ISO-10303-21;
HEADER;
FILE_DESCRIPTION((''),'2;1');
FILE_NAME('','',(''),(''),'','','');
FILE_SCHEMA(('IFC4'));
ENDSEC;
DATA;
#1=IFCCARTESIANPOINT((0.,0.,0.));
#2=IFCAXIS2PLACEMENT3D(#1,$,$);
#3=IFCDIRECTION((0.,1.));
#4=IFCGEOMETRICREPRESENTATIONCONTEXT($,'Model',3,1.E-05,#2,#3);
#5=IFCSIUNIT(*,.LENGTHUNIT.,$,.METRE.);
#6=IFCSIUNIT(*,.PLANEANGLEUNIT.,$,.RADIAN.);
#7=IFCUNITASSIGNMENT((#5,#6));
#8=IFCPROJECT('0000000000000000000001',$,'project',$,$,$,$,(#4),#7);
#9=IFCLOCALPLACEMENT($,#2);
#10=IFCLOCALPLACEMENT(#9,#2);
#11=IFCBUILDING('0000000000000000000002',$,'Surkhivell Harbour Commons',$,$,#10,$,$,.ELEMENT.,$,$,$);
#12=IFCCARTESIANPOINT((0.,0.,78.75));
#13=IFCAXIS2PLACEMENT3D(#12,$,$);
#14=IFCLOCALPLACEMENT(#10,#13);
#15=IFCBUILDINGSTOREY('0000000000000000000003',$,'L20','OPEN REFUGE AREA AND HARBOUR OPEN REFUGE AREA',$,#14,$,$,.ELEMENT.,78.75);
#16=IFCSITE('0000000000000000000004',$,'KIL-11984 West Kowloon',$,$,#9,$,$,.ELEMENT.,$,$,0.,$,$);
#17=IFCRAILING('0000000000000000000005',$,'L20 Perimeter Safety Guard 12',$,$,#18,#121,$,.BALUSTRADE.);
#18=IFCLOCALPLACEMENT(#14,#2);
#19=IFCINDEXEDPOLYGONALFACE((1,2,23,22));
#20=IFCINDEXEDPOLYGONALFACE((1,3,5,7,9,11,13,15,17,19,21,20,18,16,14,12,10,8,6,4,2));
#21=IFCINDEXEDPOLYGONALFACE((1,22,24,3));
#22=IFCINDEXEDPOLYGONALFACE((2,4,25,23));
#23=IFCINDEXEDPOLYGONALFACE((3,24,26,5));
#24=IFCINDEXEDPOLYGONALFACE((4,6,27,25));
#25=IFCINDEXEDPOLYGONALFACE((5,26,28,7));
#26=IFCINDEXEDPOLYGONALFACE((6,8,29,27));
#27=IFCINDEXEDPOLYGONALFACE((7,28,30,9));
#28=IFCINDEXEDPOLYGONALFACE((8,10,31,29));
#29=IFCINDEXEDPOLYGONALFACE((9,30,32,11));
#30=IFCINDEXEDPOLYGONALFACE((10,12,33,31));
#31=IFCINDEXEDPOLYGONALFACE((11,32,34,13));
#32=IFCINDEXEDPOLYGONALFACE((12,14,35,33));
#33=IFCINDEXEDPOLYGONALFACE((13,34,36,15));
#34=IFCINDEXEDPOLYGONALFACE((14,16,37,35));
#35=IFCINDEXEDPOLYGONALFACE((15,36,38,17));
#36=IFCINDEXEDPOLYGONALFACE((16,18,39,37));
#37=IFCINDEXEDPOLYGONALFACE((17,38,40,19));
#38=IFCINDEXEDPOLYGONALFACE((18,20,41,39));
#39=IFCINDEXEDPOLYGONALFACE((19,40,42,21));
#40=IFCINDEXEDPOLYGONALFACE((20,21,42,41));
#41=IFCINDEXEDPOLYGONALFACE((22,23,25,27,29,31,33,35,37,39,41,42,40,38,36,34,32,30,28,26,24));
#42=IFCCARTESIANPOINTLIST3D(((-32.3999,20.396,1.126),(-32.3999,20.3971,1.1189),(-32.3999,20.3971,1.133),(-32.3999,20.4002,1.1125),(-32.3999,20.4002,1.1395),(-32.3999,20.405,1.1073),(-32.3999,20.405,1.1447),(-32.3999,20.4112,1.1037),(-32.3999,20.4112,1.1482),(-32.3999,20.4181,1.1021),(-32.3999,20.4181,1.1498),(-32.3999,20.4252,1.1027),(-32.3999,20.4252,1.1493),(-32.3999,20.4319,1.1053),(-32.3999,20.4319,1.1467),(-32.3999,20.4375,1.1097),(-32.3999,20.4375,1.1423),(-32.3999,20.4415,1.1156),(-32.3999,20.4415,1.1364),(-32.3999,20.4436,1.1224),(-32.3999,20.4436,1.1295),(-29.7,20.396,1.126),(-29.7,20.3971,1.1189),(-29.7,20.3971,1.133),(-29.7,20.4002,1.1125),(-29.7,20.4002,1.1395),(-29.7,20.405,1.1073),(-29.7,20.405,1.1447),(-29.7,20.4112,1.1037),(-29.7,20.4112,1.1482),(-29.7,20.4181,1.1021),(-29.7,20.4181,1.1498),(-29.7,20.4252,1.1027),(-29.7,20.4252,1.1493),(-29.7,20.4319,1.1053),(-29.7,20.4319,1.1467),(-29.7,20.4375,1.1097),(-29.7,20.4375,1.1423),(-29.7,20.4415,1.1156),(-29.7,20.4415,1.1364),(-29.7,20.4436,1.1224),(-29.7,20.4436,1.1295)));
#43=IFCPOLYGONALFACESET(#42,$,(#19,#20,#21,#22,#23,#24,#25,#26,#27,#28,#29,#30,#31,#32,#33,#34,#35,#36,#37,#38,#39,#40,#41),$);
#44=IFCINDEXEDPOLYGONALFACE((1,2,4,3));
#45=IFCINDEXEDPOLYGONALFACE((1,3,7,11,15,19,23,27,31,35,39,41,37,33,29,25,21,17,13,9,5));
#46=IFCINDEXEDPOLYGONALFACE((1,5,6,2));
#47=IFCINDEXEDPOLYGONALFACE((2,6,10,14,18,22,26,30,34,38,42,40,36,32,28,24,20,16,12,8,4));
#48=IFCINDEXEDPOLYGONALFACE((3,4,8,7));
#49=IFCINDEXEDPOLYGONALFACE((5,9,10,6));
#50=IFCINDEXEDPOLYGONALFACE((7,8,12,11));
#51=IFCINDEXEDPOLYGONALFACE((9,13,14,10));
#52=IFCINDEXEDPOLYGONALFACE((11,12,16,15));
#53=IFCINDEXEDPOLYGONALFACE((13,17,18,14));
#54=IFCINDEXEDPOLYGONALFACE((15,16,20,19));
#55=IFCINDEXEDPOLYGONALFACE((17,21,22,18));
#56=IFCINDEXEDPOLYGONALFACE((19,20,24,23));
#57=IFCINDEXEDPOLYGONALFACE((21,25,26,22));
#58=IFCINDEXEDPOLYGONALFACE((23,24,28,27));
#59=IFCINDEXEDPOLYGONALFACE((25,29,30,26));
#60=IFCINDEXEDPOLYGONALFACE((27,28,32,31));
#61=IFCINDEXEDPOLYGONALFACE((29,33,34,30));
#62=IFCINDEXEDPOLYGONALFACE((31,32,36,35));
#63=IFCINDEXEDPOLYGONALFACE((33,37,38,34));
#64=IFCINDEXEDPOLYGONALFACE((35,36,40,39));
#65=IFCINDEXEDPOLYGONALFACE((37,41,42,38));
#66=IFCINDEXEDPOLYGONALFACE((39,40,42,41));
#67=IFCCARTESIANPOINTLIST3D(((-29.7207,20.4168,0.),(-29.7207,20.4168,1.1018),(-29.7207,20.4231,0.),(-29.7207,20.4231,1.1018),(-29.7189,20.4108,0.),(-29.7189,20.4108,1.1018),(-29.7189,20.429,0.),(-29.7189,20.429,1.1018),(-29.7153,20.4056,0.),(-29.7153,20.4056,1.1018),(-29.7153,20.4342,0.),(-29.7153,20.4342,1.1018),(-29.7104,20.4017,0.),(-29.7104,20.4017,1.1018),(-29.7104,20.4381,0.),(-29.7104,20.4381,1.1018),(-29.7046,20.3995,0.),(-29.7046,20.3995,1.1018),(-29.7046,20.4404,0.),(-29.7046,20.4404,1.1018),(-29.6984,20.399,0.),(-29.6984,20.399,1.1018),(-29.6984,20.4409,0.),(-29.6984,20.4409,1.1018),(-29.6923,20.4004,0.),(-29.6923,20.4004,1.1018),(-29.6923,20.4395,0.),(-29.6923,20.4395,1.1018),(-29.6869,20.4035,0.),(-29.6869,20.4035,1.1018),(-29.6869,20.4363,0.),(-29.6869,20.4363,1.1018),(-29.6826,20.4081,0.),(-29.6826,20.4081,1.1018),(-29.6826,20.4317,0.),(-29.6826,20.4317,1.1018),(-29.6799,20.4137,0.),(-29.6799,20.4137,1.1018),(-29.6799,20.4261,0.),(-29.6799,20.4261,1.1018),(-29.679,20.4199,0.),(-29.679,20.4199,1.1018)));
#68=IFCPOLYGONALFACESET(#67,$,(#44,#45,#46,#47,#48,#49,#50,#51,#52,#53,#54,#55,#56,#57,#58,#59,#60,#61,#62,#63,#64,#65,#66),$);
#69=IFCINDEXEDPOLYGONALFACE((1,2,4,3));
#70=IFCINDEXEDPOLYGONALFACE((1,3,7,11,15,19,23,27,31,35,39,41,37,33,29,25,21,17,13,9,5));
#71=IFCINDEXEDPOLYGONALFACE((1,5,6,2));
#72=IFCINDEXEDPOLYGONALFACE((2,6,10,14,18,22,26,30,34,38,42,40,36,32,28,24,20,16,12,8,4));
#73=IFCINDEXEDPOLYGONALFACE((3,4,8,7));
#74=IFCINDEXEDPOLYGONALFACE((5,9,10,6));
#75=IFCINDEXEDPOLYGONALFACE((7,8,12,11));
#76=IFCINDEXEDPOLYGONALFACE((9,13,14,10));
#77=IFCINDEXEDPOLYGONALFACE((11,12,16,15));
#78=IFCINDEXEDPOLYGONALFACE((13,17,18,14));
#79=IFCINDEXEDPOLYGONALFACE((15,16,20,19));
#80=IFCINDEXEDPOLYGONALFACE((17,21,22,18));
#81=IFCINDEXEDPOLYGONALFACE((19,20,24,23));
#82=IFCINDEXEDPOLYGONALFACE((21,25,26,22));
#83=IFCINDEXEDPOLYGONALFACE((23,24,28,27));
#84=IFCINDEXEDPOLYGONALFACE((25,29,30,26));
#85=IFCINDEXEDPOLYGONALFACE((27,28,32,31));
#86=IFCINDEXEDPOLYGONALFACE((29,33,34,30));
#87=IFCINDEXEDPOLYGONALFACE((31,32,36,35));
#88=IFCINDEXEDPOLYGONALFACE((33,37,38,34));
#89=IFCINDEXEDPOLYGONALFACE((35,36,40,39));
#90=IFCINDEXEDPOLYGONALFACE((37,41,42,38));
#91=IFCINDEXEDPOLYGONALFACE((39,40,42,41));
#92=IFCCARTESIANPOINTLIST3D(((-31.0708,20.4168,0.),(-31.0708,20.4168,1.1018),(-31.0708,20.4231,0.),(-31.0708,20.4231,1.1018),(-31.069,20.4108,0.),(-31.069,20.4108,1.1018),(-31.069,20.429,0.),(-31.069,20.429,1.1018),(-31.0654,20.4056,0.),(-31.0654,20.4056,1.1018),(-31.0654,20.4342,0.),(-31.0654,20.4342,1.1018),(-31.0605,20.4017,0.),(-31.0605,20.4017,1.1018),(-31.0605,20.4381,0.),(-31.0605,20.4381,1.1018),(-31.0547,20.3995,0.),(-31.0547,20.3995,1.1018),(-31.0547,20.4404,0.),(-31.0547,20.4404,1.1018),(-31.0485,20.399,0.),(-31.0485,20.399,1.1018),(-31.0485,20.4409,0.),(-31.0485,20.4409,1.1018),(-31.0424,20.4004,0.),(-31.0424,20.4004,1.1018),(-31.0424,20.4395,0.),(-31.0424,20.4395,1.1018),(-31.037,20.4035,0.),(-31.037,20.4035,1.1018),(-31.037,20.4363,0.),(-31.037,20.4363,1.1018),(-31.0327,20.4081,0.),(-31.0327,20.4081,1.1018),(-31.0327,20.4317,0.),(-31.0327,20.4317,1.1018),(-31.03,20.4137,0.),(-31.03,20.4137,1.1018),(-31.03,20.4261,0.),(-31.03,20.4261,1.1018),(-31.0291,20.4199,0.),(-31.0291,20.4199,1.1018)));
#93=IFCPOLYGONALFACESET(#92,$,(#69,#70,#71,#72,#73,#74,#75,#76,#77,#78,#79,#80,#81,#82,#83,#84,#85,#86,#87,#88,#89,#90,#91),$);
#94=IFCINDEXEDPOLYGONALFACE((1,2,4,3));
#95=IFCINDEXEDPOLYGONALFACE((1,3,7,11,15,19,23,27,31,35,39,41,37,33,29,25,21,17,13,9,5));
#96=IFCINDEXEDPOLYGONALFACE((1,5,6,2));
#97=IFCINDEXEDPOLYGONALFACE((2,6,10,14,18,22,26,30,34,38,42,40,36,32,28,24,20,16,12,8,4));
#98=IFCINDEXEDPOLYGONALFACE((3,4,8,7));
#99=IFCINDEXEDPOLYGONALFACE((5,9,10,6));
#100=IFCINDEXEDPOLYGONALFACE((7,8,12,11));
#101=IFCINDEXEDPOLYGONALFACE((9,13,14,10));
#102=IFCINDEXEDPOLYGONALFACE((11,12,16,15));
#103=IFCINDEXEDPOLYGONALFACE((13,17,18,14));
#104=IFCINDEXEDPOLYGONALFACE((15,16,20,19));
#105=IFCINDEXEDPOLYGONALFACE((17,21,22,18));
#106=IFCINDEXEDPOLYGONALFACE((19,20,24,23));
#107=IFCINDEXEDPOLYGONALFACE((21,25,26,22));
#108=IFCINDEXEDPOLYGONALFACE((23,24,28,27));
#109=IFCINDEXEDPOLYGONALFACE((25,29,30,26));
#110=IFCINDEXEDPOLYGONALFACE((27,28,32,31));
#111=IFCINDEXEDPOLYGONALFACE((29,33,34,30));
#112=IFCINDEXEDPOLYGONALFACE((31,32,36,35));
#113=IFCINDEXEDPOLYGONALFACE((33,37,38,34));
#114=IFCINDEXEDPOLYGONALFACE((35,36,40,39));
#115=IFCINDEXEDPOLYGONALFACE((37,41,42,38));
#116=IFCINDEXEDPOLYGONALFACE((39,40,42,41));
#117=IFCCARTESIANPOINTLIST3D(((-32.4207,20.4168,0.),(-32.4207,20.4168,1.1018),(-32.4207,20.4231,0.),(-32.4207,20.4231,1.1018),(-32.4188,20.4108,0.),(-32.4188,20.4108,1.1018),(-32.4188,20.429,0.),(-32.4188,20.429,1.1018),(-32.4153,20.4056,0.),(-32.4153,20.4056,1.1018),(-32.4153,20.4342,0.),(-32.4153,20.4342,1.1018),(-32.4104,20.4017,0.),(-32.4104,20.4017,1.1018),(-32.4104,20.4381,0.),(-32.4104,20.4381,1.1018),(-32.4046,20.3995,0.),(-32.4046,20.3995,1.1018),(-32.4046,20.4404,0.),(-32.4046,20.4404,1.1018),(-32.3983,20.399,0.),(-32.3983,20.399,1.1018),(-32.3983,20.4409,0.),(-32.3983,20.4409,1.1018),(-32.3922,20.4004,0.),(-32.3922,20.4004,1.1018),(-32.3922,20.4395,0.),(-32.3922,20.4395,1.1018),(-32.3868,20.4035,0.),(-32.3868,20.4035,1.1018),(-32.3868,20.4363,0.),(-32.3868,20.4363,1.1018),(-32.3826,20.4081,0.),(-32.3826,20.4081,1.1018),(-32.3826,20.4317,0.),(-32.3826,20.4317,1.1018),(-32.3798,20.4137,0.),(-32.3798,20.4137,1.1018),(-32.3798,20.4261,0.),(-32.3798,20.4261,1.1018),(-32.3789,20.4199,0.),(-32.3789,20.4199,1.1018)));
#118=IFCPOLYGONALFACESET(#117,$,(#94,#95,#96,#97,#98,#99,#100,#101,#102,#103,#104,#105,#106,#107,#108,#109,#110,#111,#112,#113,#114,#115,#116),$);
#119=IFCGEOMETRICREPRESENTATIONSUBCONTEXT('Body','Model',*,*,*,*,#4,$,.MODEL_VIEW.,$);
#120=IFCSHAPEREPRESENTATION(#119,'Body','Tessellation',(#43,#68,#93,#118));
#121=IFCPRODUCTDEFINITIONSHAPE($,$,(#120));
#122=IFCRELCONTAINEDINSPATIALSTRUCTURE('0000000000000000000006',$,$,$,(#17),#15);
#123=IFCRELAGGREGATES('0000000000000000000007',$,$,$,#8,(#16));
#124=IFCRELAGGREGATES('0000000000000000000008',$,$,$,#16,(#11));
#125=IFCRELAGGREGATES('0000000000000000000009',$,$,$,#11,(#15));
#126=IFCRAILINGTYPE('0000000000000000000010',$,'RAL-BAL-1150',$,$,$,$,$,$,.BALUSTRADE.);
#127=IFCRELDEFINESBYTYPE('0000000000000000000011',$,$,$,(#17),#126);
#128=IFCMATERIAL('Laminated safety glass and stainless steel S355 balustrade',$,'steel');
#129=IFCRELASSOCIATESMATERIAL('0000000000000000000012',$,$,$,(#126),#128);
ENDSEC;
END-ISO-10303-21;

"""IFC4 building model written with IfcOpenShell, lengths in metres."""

from ifc_helpers import new_model, si_unit, direction, frame, origin, origin_2d, place, context, subcontext, project, spatial, circle, extrude, material, type_object, element, save


model = new_model("IFC4")

# Units and contexts
model_context = context("Model", 3, precision=1e-05, world=origin(), true_north=direction((0.0, 1.0)))
body_context = subcontext(model_context, "Body", "Model", "MODEL_VIEW")
ifc_project = project(units=[si_unit("LENGTHUNIT", "METRE"), si_unit("PLANEANGLEUNIT", "RADIAN")], contexts=[model_context])

# Site, building, storey
site_placement = place(None, origin())
site = spatial("IfcSite", under=ifc_project, at=site_placement, Name="KIL-11984 West Kowloon", CompositionType="ELEMENT", RefElevation=0.0)
building_placement = place(site_placement, origin())
building = spatial("IfcBuilding", under=site, at=building_placement, Name="Surkhivell Harbour Commons", CompositionType="ELEMENT")
storey_placement = place(building_placement, frame((0.0, 0.0, 78.75)))
storey = spatial("IfcBuildingStorey", under=building, at=storey_placement, Name="L20", Description="OPEN REFUGE AREA AND HARBOUR OPEN REFUGE AREA", CompositionType="ELEMENT", Elevation=78.75)

# Railing
ifc_material_1 = material(Name="Laminated safety glass and stainless steel S355 balustrade", Category="steel")
railing_type = type_object("IfcRailingType", Name="RAL-BAL-1150", PredefinedType="BALUSTRADE", material=ifc_material_1)
railing_1_placement = place(storey_placement, frame((-29.7, 20.4199, 0.0)))
element("IfcRailing", 1, at=railing_1_placement, inside=storey, type_object=railing_type, Name="L20 Perimeter Safety Guard 12", PredefinedType="BALUSTRADE", context=body_context, shape_type="SweptSolid", body=[
    extrude(circle(Radius=0.0239, at=origin_2d()), frame((0.0, 0.0, 1.126), z_axis=(-1.0, 0.0, 0.0), x_axis=(0.0, -1.0, 0.0)), (0.0, 0.0, 1.0), 2.7),
    extrude(circle(Radius=0.021, at=origin_2d()), origin(), (0.0, 0.0, 1.0), 1.1018),
    extrude(circle(Radius=0.021, at=origin_2d()), frame((-1.3501, 0.0, 0.0)), (0.0, 0.0, 1.0), 1.1018),
    extrude(circle(Radius=0.021, at=origin_2d()), frame((-2.7, 0.0, 0.0)), (0.0, 0.0, 1.0), 1.1018),
])

save(model, "model.ifc")
